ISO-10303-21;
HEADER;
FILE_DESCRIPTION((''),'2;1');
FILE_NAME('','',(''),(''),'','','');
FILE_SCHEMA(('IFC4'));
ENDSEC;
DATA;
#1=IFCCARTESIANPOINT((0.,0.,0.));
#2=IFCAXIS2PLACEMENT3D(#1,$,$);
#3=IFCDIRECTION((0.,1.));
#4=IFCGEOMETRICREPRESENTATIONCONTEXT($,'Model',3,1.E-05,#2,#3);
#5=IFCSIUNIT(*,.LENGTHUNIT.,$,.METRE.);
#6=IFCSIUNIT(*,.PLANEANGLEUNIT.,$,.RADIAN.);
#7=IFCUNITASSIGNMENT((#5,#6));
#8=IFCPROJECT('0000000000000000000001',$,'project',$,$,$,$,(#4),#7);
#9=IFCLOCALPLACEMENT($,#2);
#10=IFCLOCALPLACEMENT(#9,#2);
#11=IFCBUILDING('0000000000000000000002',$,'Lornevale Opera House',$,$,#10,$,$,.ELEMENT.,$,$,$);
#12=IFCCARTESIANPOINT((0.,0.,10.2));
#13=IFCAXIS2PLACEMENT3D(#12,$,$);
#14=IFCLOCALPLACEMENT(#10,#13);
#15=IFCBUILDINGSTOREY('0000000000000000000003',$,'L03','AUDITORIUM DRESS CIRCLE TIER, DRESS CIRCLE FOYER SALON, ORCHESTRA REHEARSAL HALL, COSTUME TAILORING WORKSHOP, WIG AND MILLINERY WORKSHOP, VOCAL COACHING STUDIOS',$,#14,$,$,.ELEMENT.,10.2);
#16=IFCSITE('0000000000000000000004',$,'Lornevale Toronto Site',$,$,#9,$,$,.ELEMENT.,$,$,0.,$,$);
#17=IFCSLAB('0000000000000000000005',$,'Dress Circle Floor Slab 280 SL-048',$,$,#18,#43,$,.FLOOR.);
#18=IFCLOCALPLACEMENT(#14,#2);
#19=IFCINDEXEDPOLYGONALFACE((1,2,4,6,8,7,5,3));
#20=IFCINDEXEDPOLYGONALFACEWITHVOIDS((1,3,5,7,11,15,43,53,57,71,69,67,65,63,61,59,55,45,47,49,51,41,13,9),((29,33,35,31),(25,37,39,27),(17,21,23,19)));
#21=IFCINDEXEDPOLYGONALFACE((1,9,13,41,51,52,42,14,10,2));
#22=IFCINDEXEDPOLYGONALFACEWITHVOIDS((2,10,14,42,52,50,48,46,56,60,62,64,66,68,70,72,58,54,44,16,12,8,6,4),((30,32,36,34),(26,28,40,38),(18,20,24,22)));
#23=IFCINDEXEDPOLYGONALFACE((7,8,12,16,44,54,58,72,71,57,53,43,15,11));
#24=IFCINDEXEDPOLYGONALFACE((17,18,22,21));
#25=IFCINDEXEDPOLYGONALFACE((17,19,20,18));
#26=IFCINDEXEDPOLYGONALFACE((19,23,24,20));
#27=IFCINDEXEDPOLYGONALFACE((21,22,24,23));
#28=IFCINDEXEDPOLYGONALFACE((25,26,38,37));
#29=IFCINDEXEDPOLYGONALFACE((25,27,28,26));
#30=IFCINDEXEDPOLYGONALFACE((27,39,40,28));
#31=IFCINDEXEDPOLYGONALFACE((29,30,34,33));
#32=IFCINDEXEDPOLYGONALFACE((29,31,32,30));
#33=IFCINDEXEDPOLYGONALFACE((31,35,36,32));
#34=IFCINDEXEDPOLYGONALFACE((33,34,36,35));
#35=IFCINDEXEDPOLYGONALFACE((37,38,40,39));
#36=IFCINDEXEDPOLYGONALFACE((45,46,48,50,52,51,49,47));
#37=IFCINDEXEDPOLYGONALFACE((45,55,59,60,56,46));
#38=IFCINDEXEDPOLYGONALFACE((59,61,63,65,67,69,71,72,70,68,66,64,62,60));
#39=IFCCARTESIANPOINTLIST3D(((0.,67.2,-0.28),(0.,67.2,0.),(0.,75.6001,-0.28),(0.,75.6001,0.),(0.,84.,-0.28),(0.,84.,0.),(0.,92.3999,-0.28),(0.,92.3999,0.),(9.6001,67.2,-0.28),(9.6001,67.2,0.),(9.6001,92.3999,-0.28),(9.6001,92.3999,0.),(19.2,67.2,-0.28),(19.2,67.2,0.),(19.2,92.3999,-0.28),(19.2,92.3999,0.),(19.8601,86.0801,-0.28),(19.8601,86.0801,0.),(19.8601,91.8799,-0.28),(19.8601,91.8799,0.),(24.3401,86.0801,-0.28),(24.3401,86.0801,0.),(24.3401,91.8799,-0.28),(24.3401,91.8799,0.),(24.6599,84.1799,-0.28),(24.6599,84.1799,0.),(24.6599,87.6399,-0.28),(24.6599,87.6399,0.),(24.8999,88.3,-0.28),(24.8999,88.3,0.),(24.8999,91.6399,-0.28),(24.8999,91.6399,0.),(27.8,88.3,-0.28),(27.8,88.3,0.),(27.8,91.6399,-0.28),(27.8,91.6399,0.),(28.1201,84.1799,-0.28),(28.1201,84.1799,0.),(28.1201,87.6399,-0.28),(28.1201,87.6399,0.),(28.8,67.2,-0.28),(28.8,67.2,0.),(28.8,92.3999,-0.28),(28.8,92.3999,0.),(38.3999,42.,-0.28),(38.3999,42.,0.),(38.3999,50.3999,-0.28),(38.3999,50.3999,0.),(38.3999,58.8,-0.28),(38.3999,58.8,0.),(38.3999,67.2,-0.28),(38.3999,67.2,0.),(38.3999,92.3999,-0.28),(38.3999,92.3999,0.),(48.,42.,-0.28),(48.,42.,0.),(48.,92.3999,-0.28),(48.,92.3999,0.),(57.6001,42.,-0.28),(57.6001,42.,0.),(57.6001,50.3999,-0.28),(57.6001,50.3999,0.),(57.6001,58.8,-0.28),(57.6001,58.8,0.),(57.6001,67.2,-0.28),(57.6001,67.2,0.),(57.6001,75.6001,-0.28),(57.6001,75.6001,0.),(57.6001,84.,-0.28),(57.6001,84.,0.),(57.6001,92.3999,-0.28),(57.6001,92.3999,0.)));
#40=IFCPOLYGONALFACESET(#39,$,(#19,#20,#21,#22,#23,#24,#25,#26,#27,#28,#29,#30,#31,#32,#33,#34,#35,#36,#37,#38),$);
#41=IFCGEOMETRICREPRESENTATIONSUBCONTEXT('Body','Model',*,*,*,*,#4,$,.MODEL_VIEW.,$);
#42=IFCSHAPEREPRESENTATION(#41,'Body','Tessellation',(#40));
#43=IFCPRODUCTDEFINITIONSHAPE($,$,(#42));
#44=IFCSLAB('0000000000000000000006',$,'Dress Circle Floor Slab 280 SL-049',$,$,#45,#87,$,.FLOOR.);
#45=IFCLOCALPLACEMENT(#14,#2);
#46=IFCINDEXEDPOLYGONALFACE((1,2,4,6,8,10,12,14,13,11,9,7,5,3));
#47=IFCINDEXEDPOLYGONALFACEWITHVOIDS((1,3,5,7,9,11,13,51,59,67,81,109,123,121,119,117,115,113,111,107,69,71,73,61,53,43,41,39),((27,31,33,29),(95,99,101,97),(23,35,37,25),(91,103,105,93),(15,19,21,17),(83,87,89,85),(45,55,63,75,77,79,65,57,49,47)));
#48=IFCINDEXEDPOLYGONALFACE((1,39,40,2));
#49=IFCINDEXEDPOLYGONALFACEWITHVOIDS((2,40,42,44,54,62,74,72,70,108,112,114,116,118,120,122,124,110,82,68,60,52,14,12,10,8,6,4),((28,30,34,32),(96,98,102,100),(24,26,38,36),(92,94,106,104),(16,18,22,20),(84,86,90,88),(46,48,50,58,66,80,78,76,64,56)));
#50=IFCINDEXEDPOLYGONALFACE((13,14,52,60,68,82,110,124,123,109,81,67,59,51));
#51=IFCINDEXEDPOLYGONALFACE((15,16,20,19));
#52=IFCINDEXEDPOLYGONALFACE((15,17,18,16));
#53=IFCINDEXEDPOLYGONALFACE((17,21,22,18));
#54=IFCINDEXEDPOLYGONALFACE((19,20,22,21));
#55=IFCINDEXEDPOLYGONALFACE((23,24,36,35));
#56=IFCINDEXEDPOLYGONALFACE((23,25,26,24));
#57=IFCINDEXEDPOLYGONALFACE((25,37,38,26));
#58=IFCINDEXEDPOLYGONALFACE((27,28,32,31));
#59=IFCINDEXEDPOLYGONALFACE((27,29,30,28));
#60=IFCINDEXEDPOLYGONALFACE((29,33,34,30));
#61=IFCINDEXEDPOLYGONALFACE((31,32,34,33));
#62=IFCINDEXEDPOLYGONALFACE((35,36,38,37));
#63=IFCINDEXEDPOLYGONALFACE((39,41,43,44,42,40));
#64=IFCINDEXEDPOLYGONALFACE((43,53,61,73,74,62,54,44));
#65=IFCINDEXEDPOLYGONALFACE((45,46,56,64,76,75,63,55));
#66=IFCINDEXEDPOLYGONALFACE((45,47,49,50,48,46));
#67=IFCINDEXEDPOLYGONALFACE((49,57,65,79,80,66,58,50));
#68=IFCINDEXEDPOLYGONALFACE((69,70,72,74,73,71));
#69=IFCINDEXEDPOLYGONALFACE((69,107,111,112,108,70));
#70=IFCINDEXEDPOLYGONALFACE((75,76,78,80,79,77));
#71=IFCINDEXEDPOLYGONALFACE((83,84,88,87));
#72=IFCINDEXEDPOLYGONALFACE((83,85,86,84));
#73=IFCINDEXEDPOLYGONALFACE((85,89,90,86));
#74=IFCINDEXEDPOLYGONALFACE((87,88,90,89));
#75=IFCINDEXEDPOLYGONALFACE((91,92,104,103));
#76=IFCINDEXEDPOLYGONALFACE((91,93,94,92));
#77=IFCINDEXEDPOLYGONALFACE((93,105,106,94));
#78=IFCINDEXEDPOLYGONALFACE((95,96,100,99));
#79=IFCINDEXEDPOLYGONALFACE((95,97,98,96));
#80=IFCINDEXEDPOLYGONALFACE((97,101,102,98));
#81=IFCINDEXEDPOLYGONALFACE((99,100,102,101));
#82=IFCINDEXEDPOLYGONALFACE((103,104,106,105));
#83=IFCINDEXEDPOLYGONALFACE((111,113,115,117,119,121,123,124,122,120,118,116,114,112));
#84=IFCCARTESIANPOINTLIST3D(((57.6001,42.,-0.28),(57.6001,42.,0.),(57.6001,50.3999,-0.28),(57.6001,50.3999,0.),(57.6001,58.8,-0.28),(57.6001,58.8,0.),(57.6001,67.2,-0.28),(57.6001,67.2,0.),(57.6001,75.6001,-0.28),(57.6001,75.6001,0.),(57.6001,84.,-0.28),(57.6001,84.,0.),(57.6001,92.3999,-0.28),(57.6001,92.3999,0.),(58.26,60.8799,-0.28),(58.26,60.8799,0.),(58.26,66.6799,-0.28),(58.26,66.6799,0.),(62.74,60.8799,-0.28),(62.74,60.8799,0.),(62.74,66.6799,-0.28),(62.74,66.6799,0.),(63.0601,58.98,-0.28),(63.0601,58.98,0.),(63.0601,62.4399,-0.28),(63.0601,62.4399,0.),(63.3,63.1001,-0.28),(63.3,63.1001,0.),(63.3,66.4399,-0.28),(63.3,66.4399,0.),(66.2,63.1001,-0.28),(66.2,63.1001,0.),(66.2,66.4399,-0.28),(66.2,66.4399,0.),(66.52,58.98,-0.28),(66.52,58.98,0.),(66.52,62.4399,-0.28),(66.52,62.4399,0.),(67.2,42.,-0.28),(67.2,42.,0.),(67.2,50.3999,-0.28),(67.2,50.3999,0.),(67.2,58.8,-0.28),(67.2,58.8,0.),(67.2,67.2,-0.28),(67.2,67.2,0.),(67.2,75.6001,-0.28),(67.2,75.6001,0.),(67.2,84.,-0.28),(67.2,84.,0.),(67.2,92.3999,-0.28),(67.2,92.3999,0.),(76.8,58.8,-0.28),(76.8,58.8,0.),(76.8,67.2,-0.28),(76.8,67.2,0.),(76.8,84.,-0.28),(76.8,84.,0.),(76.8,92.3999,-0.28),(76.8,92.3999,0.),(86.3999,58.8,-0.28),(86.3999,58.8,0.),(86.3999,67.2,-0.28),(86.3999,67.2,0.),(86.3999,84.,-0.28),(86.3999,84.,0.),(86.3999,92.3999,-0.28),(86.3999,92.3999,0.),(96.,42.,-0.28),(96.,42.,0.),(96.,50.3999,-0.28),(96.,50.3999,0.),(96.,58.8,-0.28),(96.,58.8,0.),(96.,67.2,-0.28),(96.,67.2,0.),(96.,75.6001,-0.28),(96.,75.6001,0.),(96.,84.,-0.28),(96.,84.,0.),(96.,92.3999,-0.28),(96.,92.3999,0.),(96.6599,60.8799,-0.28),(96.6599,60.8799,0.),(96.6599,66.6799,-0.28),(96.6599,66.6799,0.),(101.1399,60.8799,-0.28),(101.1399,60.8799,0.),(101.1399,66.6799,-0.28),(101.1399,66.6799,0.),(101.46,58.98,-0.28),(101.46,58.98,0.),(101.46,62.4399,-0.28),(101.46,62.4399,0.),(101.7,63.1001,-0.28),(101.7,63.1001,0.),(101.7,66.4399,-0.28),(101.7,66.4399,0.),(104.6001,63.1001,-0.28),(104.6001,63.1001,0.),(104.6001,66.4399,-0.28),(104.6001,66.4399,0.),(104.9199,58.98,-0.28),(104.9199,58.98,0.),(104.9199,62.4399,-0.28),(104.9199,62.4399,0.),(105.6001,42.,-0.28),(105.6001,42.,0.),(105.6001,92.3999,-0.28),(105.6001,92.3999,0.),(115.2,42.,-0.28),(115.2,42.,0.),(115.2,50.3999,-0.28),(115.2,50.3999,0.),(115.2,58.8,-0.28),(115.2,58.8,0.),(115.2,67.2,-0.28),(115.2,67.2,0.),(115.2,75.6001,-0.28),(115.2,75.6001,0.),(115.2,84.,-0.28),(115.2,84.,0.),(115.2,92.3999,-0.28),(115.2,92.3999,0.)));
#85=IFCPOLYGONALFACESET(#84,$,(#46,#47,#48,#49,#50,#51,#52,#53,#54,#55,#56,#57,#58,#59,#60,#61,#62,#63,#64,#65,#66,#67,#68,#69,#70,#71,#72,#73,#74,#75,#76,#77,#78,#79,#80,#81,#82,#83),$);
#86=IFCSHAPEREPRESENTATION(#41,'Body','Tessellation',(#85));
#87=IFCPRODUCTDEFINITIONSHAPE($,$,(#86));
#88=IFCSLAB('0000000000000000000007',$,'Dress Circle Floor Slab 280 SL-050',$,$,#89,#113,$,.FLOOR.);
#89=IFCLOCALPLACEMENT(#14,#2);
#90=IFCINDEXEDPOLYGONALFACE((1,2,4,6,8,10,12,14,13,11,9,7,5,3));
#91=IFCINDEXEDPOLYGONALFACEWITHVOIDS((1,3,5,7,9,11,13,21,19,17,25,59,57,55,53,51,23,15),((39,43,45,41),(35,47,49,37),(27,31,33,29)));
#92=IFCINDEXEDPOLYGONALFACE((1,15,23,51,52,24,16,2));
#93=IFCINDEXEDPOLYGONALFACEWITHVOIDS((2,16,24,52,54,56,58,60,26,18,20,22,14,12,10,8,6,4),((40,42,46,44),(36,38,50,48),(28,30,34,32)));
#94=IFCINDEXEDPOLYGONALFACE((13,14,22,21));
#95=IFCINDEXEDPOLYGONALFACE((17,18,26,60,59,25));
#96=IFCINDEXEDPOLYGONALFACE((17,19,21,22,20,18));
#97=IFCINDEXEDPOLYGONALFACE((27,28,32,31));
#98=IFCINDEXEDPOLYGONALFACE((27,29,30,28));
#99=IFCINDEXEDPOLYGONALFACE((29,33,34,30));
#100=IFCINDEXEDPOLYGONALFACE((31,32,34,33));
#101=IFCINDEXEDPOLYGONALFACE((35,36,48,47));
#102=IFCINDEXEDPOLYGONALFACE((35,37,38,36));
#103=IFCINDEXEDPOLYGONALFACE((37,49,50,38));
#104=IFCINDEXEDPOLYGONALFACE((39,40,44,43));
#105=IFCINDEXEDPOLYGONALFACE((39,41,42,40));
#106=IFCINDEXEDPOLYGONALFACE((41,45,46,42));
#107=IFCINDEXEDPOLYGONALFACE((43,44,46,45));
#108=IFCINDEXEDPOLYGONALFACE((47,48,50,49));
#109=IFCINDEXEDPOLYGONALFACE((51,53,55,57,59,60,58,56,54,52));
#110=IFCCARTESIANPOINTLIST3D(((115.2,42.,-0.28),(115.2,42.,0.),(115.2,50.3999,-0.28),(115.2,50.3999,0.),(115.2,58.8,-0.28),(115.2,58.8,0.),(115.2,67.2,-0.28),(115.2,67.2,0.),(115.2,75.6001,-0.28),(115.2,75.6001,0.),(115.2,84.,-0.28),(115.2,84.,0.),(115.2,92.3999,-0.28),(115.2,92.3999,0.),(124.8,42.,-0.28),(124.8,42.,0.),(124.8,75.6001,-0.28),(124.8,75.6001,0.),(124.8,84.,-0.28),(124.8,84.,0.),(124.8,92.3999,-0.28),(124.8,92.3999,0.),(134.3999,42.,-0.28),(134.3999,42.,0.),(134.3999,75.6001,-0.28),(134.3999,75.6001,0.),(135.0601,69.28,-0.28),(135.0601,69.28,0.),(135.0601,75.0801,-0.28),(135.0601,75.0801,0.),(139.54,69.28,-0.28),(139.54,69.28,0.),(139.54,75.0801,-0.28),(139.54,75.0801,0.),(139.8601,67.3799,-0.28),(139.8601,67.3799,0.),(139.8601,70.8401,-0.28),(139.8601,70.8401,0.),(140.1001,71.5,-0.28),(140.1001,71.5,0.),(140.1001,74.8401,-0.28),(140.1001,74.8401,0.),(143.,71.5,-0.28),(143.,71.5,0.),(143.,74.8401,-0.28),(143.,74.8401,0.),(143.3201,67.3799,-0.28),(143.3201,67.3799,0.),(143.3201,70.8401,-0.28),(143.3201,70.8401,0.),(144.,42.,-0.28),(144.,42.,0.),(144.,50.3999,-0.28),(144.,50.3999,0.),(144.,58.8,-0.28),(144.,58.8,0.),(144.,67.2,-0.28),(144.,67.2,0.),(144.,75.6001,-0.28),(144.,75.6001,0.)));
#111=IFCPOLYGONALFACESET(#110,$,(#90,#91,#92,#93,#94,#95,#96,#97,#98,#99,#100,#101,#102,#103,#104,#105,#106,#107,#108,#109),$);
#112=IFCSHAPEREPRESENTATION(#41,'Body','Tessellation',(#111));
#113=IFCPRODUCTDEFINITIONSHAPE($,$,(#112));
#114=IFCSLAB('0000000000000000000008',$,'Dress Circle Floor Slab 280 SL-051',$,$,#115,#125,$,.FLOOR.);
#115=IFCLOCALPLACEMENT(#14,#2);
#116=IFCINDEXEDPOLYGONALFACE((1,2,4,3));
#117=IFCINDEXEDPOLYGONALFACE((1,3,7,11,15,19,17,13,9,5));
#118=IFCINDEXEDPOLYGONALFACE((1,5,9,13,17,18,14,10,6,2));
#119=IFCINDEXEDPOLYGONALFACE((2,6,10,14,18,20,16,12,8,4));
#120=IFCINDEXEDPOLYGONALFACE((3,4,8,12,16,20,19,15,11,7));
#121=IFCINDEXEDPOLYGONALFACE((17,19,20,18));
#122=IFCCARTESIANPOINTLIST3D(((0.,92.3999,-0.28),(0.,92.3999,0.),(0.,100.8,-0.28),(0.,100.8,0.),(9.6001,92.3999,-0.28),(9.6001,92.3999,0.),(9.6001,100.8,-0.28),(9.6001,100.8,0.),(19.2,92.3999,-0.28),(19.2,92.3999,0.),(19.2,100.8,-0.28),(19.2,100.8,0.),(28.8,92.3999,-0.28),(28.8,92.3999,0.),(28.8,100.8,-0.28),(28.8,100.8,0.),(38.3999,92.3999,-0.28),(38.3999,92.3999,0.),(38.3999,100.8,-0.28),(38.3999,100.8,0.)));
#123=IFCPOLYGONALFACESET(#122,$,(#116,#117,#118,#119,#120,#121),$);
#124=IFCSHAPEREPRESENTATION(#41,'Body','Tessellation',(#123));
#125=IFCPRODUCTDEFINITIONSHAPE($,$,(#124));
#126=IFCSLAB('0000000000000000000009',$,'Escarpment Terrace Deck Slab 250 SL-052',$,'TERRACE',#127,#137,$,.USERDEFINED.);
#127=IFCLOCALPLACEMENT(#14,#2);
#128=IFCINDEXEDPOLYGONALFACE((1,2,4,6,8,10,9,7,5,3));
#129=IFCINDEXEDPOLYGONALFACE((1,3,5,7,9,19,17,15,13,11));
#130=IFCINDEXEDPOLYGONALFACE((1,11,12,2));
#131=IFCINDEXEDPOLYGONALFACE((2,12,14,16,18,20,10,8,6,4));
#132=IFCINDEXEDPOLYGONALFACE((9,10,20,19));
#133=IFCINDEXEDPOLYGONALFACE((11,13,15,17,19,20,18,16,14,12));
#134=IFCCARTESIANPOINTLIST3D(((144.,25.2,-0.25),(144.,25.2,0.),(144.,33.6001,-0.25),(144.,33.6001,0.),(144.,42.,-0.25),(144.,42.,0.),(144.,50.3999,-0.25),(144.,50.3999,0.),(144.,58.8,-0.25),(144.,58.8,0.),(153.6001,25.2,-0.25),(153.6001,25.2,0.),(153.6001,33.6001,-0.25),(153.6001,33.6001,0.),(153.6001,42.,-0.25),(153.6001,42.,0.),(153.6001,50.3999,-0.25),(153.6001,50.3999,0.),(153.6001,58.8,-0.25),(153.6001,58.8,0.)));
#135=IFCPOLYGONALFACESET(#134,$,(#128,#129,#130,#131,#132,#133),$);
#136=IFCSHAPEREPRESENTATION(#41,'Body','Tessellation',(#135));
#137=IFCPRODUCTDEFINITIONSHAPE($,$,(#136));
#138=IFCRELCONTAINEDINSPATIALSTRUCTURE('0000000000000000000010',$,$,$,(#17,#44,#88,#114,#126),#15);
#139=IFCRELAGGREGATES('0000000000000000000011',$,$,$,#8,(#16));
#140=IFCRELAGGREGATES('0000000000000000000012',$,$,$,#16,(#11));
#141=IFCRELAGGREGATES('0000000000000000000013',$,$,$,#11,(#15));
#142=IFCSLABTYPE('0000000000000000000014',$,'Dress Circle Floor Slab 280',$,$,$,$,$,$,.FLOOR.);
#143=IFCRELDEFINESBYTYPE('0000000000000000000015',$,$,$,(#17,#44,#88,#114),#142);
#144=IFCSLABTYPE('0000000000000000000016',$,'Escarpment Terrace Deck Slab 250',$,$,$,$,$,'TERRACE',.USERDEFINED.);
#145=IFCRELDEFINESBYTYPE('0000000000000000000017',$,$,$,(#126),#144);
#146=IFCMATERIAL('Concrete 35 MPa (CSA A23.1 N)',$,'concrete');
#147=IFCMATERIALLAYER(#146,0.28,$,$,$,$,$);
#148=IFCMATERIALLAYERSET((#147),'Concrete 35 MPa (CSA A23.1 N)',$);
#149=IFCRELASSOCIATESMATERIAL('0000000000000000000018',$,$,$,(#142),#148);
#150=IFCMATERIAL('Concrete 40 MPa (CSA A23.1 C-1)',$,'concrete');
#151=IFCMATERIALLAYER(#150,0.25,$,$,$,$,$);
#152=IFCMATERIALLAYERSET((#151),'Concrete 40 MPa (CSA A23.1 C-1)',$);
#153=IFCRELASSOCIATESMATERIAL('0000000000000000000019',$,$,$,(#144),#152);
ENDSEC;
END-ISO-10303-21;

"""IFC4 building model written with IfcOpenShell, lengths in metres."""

from ifc_helpers import new_model, si_unit, direction, frame, origin, place, context, subcontext, project, spatial, polyline, outline, extrude, material, layer, layer_set, type_object, element, save


model = new_model("IFC4")

# Units and contexts
model_context = context("Model", 3, precision=1e-05, world=origin(), true_north=direction((0.0, 1.0)))
body_context = subcontext(model_context, "Body", "Model", "MODEL_VIEW")
ifc_project = project(units=[si_unit("LENGTHUNIT", "METRE"), si_unit("PLANEANGLEUNIT", "RADIAN")], contexts=[model_context])

# Site, building, storey
site_placement = place(None, origin())
site = spatial("IfcSite", under=ifc_project, at=site_placement, Name="Lornevale Toronto Site", CompositionType="ELEMENT", RefElevation=0.0)
building_placement = place(site_placement, origin())
building = spatial("IfcBuilding", under=site, at=building_placement, Name="Lornevale Opera House", CompositionType="ELEMENT")
storey_placement = place(building_placement, frame((0.0, 0.0, 10.2)))
storey = spatial("IfcBuildingStorey", under=building, at=storey_placement, Name="L03", Description="AUDITORIUM DRESS CIRCLE TIER, DRESS CIRCLE FOYER SALON, ORCHESTRA REHEARSAL HALL, COSTUME TAILORING WORKSHOP, WIG AND MILLINERY WORKSHOP, VOCAL COACHING STUDIOS", CompositionType="ELEMENT", Elevation=10.2)

# Slabs
ifc_material_1 = material(Name="Concrete 35 MPa (CSA A23.1 N)", Category="concrete")
ifc_layer_1 = layer(ifc_material_1, 0.28)
ifc_layer_set_1 = layer_set([ifc_layer_1], Name="Concrete 35 MPa (CSA A23.1 N)")
slab_type_1 = type_object("IfcSlabType", Name="Dress Circle Floor Slab 280", PredefinedType="FLOOR", material=ifc_layer_set_1)
slab_1_placement = place(storey_placement, frame((0.0, 0.0, -0.28)))
element("IfcSlab", 1, at=slab_1_placement, inside=storey, type_object=slab_type_1, Name="Dress Circle Floor Slab 280 SL-048", PredefinedType="FLOOR", context=body_context, shape_type="SweptSolid", body=[
    extrude(outline(polyline([(0.0, 92.3999), (9.6001, 92.3999), (19.2, 92.3999), (28.8, 92.3999), (38.3999, 92.3999), (48.0, 92.3999), (57.6001, 92.3999), (57.6001, 84.0), (57.6001, 75.6001), (57.6001, 67.2), (57.6001, 58.8), (57.6001, 50.3999), (57.6001, 42.0), (48.0, 42.0), (38.3999, 42.0), (38.3999, 50.3999), (38.3999, 58.8), (38.3999, 67.2), (28.8, 67.2), (19.2, 67.2), (9.6001, 67.2), (0.0, 67.2), (0.0, 75.6001), (0.0, 84.0), (0.0, 92.3999)]), holes=[polyline([(24.6599, 84.1799), (28.1201, 84.1799), (28.1201, 87.6399), (24.6599, 87.6399), (24.6599, 84.1799)]), polyline([(19.8601, 86.0801), (24.3401, 86.0801), (24.3401, 91.8799), (19.8601, 91.8799), (19.8601, 86.0801)]), polyline([(24.8999, 88.3), (27.8, 88.3), (27.8, 91.6399), (24.8999, 91.6399), (24.8999, 88.3)])]), origin(), (0.0, 0.0, 1.0), 0.28),
])
slab_2_placement = place(storey_placement, frame((0.0, 0.0, -0.28)))
element("IfcSlab", 2, at=slab_2_placement, inside=storey, type_object=slab_type_1, Name="Dress Circle Floor Slab 280 SL-049", PredefinedType="FLOOR", context=body_context, shape_type="SweptSolid", body=[
    extrude(outline(polyline([(57.6001, 58.8), (57.6001, 67.2), (57.6001, 75.6001), (57.6001, 84.0), (57.6001, 92.3999), (67.2, 92.3999), (76.8, 92.3999), (86.3999, 92.3999), (96.0, 92.3999), (105.6001, 92.3999), (115.2, 92.3999), (115.2, 84.0), (115.2, 75.6001), (115.2, 67.2), (115.2, 58.8), (115.2, 50.3999), (115.2, 42.0), (105.6001, 42.0), (96.0, 42.0), (96.0, 50.3999), (96.0, 58.8), (86.3999, 58.8), (76.8, 58.8), (67.2, 58.8), (67.2, 50.3999), (67.2, 42.0), (57.6001, 42.0), (57.6001, 50.3999), (57.6001, 58.8)]), holes=[polyline([(86.3999, 84.0), (76.8, 84.0), (67.2, 84.0), (67.2, 75.6001), (67.2, 67.2), (76.8, 67.2), (86.3999, 67.2), (96.0, 67.2), (96.0, 75.6001), (96.0, 84.0), (86.3999, 84.0)]), polyline([(63.0601, 58.98), (66.52, 58.98), (66.52, 62.4399), (63.0601, 62.4399), (63.0601, 58.98)]), polyline([(58.26, 60.8799), (62.74, 60.8799), (62.74, 66.6799), (58.26, 66.6799), (58.26, 60.8799)]), polyline([(101.46, 58.98), (104.9199, 58.98), (104.9199, 62.4399), (101.46, 62.4399), (101.46, 58.98)]), polyline([(96.6599, 60.8799), (101.1399, 60.8799), (101.1399, 66.6799), (96.6599, 66.6799), (96.6599, 60.8799)]), polyline([(63.3, 63.1001), (66.2, 63.1001), (66.2, 66.4399), (63.3, 66.4399), (63.3, 63.1001)]), polyline([(101.7, 63.1001), (104.6001, 63.1001), (104.6001, 66.4399), (101.7, 66.4399), (101.7, 63.1001)])]), origin(), (0.0, 0.0, 1.0), 0.28),
])
slab_3_placement = place(storey_placement, frame((0.0, 0.0, -0.28)))
element("IfcSlab", 3, at=slab_3_placement, inside=storey, type_object=slab_type_1, Name="Dress Circle Floor Slab 280 SL-050", PredefinedType="FLOOR", context=body_context, shape_type="SweptSolid", body=[
    extrude(outline(polyline([(115.2, 58.8), (115.2, 67.2), (115.2, 75.6001), (115.2, 84.0), (115.2, 92.3999), (124.8, 92.3999), (124.8, 84.0), (124.8, 75.6001), (134.3999, 75.6001), (144.0, 75.6001), (144.0, 67.2), (144.0, 58.8), (144.0, 50.3999), (144.0, 42.0), (134.3999, 42.0), (124.8, 42.0), (115.2, 42.0), (115.2, 50.3999), (115.2, 58.8)]), holes=[polyline([(139.8601, 67.3799), (143.3201, 67.3799), (143.3201, 70.8401), (139.8601, 70.8401), (139.8601, 67.3799)]), polyline([(135.0601, 69.28), (139.54, 69.28), (139.54, 75.0801), (135.0601, 75.0801), (135.0601, 69.28)]), polyline([(140.1001, 71.5), (143.0, 71.5), (143.0, 74.8401), (140.1001, 74.8401), (140.1001, 71.5)])]), origin(), (0.0, 0.0, 1.0), 0.28),
])
slab_4_placement = place(storey_placement, frame((0.0, 0.0, -0.28)))
element("IfcSlab", 4, at=slab_4_placement, inside=storey, type_object=slab_type_1, Name="Dress Circle Floor Slab 280 SL-051", PredefinedType="FLOOR", context=body_context, shape_type="SweptSolid", body=[
    extrude(outline(polyline([(0.0, 100.8), (9.6001, 100.8), (19.2, 100.8), (28.8, 100.8), (38.3999, 100.8), (38.3999, 92.3999), (28.8, 92.3999), (19.2, 92.3999), (9.6001, 92.3999), (0.0, 92.3999), (0.0, 100.8)])), origin(), (0.0, 0.0, 1.0), 0.28),
])
ifc_material_2 = material(Name="Concrete 40 MPa (CSA A23.1 C-1)", Category="concrete")
ifc_layer_2 = layer(ifc_material_2, 0.25)
ifc_layer_set_2 = layer_set([ifc_layer_2], Name="Concrete 40 MPa (CSA A23.1 C-1)")
slab_type_2 = type_object("IfcSlabType", Name="Escarpment Terrace Deck Slab 250", ElementType="TERRACE", PredefinedType="USERDEFINED", material=ifc_layer_set_2)
slab_5_placement = place(storey_placement, frame((0.0, 0.0, -0.25)))
element("IfcSlab", 5, at=slab_5_placement, inside=storey, type_object=slab_type_2, Name="Escarpment Terrace Deck Slab 250 SL-052", ObjectType="TERRACE", PredefinedType="USERDEFINED", context=body_context, shape_type="SweptSolid", body=[
    extrude(outline(polyline([(144.0, 25.2), (144.0, 33.6001), (144.0, 42.0), (144.0, 50.3999), (144.0, 58.8), (153.6001, 58.8), (153.6001, 50.3999), (153.6001, 42.0), (153.6001, 33.6001), (153.6001, 25.2), (144.0, 25.2)])), origin(), (0.0, 0.0, 1.0), 0.25),
])

save(model, "model.ifc")
